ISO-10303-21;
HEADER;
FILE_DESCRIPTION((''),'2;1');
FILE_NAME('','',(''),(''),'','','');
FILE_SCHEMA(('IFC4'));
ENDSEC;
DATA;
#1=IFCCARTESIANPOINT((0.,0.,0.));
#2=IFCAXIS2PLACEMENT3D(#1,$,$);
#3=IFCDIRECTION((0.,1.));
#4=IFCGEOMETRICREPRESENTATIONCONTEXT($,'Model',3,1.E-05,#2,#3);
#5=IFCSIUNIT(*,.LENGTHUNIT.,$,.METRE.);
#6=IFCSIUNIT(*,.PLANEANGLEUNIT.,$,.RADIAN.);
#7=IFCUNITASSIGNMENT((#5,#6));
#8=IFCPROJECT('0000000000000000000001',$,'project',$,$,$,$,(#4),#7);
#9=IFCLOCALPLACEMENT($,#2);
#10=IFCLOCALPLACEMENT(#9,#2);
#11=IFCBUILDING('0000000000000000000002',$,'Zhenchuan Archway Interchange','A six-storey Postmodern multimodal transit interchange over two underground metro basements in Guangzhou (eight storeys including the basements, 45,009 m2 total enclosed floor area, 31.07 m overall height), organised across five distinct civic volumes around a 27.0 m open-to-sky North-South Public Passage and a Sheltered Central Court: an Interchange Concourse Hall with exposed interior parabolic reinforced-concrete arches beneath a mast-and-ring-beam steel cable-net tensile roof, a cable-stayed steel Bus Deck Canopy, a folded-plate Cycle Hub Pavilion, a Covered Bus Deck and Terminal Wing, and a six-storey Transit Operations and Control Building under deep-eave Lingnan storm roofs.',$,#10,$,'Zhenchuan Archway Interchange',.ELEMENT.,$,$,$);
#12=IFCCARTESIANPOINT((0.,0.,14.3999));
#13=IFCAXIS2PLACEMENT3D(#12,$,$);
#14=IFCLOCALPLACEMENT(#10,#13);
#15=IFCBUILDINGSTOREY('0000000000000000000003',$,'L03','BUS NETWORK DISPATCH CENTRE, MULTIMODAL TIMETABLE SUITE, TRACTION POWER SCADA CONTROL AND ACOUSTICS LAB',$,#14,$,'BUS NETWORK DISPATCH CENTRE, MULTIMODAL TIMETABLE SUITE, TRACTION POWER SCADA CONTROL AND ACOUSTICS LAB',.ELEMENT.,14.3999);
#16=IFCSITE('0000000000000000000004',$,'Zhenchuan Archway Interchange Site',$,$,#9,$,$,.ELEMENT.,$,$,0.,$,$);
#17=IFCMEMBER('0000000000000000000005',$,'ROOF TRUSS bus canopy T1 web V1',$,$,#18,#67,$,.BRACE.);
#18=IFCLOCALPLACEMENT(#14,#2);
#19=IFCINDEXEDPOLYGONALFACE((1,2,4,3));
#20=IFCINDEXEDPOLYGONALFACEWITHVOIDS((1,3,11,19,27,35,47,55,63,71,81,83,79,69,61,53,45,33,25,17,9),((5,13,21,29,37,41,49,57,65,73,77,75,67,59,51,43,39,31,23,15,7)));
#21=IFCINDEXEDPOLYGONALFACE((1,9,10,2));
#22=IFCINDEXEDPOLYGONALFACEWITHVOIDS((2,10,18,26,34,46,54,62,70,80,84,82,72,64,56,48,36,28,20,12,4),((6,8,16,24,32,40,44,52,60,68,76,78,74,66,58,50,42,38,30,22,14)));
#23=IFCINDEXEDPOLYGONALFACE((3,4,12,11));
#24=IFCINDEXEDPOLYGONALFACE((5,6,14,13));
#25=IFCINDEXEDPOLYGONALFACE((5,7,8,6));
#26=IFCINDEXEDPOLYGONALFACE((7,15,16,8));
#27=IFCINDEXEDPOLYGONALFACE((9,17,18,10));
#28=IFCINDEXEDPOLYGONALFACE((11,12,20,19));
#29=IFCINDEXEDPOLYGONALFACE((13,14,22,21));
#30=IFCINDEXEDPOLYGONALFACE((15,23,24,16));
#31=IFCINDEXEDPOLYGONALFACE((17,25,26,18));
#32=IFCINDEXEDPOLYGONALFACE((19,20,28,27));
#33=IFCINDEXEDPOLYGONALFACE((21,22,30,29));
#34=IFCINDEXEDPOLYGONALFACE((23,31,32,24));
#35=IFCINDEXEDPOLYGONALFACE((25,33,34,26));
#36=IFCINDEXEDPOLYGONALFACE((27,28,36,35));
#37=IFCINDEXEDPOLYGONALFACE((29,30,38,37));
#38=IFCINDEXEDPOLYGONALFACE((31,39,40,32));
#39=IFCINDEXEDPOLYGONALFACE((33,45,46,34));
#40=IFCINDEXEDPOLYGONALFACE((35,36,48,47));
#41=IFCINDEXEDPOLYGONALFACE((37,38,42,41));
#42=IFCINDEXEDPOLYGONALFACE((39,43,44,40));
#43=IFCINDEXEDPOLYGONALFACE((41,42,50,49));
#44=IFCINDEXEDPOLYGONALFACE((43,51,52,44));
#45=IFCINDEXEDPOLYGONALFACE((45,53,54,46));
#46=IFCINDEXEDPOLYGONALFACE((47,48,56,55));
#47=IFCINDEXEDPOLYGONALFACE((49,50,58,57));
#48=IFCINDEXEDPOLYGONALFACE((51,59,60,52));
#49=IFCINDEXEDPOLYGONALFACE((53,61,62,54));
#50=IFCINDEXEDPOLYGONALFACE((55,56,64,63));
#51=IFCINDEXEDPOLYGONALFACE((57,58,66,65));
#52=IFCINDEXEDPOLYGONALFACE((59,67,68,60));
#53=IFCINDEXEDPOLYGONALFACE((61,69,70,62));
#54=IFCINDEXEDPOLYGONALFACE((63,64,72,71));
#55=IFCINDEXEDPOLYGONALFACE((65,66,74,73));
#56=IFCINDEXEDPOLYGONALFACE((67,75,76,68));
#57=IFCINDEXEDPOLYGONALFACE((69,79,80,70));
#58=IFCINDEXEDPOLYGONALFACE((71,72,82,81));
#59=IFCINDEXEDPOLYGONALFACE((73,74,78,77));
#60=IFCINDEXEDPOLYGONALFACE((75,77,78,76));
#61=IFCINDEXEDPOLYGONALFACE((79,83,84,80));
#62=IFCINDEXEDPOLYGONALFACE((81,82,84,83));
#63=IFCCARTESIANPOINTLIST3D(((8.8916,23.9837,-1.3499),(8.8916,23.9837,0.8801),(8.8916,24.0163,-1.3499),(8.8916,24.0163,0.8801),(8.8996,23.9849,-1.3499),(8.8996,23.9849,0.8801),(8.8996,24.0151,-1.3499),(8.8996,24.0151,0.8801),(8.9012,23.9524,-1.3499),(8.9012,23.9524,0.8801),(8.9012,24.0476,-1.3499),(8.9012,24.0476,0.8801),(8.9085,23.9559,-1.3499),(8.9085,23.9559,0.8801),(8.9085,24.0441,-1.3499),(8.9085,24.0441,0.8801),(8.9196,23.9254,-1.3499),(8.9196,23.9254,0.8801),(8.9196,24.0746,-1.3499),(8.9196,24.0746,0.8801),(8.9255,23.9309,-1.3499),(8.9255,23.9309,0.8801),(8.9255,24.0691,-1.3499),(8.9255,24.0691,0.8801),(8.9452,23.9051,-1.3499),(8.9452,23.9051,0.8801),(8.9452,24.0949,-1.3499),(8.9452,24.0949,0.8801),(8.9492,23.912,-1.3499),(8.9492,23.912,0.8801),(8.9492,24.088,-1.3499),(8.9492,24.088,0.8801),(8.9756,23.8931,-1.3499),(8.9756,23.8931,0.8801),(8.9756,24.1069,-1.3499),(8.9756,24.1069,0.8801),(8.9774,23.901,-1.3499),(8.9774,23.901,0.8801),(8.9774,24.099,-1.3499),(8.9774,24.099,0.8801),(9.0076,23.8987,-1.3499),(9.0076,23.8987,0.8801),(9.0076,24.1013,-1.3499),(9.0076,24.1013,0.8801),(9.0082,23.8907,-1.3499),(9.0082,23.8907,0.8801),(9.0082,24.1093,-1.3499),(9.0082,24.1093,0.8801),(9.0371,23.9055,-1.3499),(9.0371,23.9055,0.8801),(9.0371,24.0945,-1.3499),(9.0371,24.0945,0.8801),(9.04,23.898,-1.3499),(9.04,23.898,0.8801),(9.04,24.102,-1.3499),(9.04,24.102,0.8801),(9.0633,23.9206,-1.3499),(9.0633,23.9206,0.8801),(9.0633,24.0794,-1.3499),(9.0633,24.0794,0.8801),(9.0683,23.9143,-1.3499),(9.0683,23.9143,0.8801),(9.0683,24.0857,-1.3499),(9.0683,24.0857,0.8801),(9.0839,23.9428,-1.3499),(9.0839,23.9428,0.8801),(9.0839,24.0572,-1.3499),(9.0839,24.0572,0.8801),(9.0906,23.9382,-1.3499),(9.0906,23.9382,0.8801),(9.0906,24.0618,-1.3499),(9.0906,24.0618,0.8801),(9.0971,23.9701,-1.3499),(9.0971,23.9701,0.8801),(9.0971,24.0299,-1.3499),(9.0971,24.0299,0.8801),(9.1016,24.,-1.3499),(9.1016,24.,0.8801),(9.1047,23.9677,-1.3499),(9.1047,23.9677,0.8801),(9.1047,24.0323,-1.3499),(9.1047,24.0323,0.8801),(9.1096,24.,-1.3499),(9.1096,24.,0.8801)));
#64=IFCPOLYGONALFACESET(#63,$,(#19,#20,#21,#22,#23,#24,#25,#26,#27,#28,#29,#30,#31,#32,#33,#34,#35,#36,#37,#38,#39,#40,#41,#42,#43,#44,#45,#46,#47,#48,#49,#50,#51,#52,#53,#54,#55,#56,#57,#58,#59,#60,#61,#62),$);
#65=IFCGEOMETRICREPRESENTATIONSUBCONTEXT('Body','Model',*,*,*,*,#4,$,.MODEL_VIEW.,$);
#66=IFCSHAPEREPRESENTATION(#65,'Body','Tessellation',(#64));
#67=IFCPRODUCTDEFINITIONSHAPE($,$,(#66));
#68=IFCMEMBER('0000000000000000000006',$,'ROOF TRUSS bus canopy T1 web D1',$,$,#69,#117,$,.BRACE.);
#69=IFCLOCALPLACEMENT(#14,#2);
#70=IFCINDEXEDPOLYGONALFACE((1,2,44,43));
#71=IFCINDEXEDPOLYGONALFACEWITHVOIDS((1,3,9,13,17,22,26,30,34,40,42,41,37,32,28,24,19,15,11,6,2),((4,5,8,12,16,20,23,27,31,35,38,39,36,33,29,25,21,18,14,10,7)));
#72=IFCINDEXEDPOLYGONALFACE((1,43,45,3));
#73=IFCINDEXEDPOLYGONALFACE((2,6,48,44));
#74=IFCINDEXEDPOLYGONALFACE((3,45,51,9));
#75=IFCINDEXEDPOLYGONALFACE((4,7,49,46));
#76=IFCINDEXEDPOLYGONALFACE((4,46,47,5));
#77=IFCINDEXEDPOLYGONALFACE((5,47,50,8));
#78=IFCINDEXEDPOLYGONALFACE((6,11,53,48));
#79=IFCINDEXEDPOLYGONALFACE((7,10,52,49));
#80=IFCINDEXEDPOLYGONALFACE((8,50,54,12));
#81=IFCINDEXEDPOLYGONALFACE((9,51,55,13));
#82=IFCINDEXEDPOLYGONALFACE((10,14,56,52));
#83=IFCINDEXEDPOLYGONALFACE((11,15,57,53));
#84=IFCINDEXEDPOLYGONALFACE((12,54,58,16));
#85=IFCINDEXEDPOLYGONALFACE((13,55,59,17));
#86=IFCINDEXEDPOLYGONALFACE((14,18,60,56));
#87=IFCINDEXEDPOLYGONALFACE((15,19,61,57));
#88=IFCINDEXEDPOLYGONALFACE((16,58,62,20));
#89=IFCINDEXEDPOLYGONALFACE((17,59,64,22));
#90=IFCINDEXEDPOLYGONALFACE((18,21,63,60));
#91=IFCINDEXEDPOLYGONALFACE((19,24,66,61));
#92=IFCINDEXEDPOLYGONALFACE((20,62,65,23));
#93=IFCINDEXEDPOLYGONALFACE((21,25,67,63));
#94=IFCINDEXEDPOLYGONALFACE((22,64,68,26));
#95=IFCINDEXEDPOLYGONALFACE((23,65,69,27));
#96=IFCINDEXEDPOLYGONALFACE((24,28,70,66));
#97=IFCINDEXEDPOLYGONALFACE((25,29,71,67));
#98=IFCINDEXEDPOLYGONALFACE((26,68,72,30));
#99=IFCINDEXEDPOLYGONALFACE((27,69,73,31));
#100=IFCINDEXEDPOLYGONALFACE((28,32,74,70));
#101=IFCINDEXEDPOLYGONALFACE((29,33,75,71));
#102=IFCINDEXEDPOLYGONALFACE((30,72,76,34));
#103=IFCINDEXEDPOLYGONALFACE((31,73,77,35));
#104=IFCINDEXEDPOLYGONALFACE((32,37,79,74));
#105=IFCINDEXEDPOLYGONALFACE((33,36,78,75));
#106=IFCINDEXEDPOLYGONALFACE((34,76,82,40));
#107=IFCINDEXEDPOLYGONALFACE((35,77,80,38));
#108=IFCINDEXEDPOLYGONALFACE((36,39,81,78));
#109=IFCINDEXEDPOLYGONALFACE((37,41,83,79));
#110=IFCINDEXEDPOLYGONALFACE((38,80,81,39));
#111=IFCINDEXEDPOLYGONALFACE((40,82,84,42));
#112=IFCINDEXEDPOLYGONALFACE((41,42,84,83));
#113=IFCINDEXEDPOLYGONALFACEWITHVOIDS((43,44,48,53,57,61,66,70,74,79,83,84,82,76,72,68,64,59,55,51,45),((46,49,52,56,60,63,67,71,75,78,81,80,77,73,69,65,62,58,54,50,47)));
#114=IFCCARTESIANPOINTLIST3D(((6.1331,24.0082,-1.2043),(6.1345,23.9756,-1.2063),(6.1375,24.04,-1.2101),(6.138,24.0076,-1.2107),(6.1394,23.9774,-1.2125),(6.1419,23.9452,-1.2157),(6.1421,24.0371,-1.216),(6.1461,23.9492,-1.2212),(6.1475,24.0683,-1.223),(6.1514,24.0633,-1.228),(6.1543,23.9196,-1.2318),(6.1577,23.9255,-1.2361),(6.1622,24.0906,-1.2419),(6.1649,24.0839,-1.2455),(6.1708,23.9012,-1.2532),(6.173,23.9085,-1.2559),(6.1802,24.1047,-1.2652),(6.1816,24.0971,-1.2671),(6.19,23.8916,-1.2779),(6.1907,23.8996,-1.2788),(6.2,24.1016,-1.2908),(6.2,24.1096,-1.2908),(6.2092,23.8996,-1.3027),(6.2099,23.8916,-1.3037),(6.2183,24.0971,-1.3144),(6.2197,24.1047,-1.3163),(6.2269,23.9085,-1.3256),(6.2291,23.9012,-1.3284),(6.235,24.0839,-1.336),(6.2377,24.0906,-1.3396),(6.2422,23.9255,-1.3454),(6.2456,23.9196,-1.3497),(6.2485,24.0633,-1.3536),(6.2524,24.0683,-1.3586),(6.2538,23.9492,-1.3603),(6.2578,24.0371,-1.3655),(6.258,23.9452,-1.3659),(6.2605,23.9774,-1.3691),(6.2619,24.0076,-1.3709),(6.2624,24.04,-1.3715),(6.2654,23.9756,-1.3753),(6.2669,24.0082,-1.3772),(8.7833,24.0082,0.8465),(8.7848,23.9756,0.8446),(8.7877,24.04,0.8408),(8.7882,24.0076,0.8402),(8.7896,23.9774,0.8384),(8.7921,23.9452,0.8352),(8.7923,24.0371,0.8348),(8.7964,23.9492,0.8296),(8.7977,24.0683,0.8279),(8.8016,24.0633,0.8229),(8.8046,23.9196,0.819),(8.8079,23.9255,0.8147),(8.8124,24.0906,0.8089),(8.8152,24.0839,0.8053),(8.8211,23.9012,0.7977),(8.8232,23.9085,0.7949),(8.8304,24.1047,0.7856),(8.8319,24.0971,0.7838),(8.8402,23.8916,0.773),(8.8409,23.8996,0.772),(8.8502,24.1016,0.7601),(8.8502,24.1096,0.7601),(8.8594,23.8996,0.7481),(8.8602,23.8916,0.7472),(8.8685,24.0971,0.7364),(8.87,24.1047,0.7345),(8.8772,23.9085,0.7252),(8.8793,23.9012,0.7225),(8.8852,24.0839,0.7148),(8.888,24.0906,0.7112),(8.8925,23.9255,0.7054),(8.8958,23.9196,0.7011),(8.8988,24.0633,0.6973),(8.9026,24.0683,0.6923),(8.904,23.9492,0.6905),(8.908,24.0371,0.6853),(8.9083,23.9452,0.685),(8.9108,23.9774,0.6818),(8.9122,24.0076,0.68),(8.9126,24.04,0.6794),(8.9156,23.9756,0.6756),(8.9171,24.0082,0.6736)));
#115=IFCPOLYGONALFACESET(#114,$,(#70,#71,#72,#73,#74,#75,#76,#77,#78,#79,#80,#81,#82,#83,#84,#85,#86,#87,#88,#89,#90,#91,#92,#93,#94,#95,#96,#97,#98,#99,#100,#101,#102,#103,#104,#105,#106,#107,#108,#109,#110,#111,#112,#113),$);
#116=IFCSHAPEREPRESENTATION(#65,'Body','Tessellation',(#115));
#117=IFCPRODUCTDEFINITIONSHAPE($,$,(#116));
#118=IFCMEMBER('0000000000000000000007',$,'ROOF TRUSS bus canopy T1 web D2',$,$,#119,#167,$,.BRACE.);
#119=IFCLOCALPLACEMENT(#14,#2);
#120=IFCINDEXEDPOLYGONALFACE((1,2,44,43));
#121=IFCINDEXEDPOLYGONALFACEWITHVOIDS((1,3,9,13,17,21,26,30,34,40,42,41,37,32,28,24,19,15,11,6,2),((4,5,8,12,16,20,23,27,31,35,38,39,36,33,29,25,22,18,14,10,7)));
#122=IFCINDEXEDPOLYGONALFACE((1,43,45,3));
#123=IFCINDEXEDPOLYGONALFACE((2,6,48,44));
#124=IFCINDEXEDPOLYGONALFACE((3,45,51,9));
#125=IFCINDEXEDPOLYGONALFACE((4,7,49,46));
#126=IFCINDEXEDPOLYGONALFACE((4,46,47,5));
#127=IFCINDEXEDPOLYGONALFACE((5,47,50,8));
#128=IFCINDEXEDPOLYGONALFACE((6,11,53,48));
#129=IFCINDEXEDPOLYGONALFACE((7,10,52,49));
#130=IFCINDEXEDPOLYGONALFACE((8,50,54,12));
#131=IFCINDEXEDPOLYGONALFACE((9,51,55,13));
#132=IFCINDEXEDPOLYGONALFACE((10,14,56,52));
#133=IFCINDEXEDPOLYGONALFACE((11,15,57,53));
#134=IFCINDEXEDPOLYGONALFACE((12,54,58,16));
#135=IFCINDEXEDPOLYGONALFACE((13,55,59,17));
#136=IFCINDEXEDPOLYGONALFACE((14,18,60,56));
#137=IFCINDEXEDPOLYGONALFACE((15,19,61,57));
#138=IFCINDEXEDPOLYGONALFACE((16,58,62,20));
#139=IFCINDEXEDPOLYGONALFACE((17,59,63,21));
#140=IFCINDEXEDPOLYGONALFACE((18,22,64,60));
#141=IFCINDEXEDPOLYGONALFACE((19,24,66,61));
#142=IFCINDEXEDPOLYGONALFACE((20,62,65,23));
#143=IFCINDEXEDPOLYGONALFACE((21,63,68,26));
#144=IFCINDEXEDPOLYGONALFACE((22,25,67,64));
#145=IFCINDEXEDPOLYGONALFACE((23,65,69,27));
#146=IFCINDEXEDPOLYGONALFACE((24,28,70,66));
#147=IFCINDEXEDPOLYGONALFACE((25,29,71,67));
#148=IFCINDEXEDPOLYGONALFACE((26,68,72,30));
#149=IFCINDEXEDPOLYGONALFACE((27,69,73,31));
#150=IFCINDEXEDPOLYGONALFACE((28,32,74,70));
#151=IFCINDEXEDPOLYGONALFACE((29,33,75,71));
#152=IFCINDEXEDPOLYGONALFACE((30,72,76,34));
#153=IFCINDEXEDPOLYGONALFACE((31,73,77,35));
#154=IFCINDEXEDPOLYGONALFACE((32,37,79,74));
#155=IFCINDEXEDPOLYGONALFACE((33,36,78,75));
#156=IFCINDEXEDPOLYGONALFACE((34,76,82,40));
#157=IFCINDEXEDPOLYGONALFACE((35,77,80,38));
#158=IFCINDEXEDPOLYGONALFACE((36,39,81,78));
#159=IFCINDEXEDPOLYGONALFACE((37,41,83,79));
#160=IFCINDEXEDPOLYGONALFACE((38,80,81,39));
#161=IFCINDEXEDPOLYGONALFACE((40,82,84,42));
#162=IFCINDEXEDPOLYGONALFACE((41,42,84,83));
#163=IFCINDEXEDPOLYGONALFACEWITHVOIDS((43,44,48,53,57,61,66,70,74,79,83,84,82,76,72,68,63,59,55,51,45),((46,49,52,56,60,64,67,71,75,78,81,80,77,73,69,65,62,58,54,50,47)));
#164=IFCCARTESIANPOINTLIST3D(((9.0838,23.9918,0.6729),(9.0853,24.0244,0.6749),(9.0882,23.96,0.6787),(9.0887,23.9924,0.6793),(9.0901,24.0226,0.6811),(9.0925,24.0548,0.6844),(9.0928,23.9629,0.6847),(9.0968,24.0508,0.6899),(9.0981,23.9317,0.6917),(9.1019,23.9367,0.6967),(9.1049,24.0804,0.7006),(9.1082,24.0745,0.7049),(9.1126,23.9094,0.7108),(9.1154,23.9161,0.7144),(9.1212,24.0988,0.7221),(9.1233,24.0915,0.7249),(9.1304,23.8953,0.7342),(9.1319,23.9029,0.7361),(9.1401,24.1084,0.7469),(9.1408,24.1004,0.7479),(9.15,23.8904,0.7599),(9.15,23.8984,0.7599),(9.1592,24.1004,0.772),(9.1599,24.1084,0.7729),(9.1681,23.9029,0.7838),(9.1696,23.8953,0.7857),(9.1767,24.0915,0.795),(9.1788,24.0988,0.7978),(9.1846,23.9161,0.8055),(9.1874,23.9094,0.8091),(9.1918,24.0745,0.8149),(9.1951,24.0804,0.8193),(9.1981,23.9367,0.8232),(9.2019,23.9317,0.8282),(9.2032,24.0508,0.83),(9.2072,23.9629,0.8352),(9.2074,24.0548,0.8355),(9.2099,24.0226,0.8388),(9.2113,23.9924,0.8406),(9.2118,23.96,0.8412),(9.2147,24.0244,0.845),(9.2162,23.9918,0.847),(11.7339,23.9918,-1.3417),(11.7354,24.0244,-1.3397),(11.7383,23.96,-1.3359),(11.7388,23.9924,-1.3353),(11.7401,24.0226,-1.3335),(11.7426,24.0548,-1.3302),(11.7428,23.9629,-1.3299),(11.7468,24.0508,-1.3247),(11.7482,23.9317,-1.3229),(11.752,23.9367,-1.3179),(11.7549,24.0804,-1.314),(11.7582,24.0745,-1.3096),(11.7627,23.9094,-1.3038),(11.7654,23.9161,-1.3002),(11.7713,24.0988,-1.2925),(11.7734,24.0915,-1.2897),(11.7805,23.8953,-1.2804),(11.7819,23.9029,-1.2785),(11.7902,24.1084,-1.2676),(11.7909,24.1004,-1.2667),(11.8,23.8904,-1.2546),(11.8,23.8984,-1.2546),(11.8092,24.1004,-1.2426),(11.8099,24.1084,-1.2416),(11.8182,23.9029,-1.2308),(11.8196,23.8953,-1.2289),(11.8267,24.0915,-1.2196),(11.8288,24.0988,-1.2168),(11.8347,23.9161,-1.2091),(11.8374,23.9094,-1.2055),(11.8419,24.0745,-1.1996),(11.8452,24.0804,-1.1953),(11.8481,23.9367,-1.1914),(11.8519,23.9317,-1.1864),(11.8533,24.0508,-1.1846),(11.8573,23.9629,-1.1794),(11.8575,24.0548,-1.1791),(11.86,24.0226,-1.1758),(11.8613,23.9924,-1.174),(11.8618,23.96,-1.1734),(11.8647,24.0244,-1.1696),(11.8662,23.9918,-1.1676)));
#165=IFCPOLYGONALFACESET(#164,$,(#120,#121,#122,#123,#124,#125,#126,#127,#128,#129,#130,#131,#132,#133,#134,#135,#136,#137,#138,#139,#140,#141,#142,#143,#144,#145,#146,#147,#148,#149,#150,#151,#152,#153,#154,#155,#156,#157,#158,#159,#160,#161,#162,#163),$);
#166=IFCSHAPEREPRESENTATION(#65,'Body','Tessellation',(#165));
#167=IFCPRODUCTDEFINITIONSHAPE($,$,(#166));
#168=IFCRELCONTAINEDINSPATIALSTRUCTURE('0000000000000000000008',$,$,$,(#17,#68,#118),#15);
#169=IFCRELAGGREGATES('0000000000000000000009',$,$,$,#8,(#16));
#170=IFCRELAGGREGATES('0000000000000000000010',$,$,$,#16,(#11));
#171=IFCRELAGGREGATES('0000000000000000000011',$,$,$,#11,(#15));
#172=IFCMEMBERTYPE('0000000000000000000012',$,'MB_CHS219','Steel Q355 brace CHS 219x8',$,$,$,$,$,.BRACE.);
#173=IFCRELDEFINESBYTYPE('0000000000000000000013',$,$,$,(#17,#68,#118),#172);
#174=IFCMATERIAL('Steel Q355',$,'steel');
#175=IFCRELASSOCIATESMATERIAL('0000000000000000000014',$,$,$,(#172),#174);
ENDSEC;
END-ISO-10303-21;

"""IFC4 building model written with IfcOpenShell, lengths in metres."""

from ifc_helpers import new_model, si_unit, direction, frame, origin, origin_2d, place, context, subcontext, project, spatial, hollow_circle, extrude, material, material_profile, profile_set, type_object, element, save


model = new_model("IFC4")

# Units and contexts
model_context = context("Model", 3, precision=1e-05, world=origin(), true_north=direction((0.0, 1.0)))
body_context = subcontext(model_context, "Body", "Model", "MODEL_VIEW")
ifc_project = project(units=[si_unit("LENGTHUNIT", "METRE"), si_unit("PLANEANGLEUNIT", "RADIAN")], contexts=[model_context])

# Site, building, storey
site_placement = place(None, origin())
site = spatial("IfcSite", under=ifc_project, at=site_placement, Name="Zhenchuan Archway Interchange Site", CompositionType="ELEMENT", RefElevation=0.0)
building_placement = place(site_placement, origin())
building = spatial("IfcBuilding", under=site, at=building_placement, Name="Zhenchuan Archway Interchange", Description="A six-storey Postmodern multimodal transit interchange over two underground metro basements in Guangzhou (eight storeys including the basements, 45,009 m2 total enclosed floor area, 31.07 m overall height), organised across five distinct civic volumes around a 27.0 m open-to-sky North-South Public Passage and a Sheltered Central Court: an Interchange Concourse Hall with exposed interior parabolic reinforced-concrete arches beneath a mast-and-ring-beam steel cable-net tensile roof, a cable-stayed steel Bus Deck Canopy, a folded-plate Cycle Hub Pavilion, a Covered Bus Deck and Terminal Wing, and a six-storey Transit Operations and Control Building under deep-eave Lingnan storm roofs.", LongName="Zhenchuan Archway Interchange", CompositionType="ELEMENT")
storey_placement = place(building_placement, frame((0.0, 0.0, 14.3999)))
storey = spatial("IfcBuildingStorey", under=building, at=storey_placement, Name="L03", Description="BUS NETWORK DISPATCH CENTRE, MULTIMODAL TIMETABLE SUITE, TRACTION POWER SCADA CONTROL AND ACOUSTICS LAB", LongName="BUS NETWORK DISPATCH CENTRE, MULTIMODAL TIMETABLE SUITE, TRACTION POWER SCADA CONTROL AND ACOUSTICS LAB", CompositionType="ELEMENT", Elevation=14.3999)

# Shared definitions
ifc_material_1 = material(Name="Steel Q355", Category="steel")

# Members
ifc_material_profile_1 = material_profile(ifc_material_1, hollow_circle(Radius=0.1096, WallThickness=0.0081, at=origin_2d()), Name="CHS 219x8")
ifc_profile_set_1 = profile_set([ifc_material_profile_1], Name="Steel Q355")
member_type_1 = type_object("IfcMemberType", Name="MB_CHS219", Description="Steel Q355 brace CHS 219x8", PredefinedType="BRACE", material=ifc_profile_set_1)
member_1_placement = place(storey_placement, frame((9.0, 24.0, -1.3499), z_axis=(0.0, 0.0, 1.0), x_axis=(1.0, 0.0, 0.0)))
element("IfcMember", 1, at=member_1_placement, inside=storey, type_object=member_type_1, Name="ROOF TRUSS bus canopy T1 web V1", PredefinedType="BRACE", context=body_context, shape_type="SweptSolid", body=[
    extrude(hollow_circle(Radius=0.1096, WallThickness=0.0081, at=origin_2d()), origin(), (0.0, 0.0, 1.0), 2.23),
])
member_2_placement = place(storey_placement, frame((6.2, 24.0, -1.2908), z_axis=(0.79086, 0.0, 0.611997), x_axis=(0.0, 1.0, 0.0)))
element("IfcMember", 2, at=member_2_placement, inside=storey, type_object=member_type_1, Name="ROOF TRUSS bus canopy T1 web D1", PredefinedType="BRACE", context=body_context, shape_type="SweptSolid", body=[
    extrude(hollow_circle(Radius=0.1096, WallThickness=0.0081, at=origin_2d()), origin(), (0.0, 0.0, 1.0), 3.3511),
])
member_3_placement = place(storey_placement, frame((11.8, 24.0, -1.2546), z_axis=(-0.796084, 0.0, 0.605186), x_axis=(0.0, -1.0, 0.0)))
element("IfcMember", 3, at=member_3_placement, inside=storey, type_object=member_type_1, Name="ROOF TRUSS bus canopy T1 web D2", PredefinedType="BRACE", context=body_context, shape_type="SweptSolid", body=[
    extrude(hollow_circle(Radius=0.1096, WallThickness=0.0081, at=origin_2d()), origin(), (0.0, 0.0, 1.0), 3.3289),
])

save(model, "model.ifc")
